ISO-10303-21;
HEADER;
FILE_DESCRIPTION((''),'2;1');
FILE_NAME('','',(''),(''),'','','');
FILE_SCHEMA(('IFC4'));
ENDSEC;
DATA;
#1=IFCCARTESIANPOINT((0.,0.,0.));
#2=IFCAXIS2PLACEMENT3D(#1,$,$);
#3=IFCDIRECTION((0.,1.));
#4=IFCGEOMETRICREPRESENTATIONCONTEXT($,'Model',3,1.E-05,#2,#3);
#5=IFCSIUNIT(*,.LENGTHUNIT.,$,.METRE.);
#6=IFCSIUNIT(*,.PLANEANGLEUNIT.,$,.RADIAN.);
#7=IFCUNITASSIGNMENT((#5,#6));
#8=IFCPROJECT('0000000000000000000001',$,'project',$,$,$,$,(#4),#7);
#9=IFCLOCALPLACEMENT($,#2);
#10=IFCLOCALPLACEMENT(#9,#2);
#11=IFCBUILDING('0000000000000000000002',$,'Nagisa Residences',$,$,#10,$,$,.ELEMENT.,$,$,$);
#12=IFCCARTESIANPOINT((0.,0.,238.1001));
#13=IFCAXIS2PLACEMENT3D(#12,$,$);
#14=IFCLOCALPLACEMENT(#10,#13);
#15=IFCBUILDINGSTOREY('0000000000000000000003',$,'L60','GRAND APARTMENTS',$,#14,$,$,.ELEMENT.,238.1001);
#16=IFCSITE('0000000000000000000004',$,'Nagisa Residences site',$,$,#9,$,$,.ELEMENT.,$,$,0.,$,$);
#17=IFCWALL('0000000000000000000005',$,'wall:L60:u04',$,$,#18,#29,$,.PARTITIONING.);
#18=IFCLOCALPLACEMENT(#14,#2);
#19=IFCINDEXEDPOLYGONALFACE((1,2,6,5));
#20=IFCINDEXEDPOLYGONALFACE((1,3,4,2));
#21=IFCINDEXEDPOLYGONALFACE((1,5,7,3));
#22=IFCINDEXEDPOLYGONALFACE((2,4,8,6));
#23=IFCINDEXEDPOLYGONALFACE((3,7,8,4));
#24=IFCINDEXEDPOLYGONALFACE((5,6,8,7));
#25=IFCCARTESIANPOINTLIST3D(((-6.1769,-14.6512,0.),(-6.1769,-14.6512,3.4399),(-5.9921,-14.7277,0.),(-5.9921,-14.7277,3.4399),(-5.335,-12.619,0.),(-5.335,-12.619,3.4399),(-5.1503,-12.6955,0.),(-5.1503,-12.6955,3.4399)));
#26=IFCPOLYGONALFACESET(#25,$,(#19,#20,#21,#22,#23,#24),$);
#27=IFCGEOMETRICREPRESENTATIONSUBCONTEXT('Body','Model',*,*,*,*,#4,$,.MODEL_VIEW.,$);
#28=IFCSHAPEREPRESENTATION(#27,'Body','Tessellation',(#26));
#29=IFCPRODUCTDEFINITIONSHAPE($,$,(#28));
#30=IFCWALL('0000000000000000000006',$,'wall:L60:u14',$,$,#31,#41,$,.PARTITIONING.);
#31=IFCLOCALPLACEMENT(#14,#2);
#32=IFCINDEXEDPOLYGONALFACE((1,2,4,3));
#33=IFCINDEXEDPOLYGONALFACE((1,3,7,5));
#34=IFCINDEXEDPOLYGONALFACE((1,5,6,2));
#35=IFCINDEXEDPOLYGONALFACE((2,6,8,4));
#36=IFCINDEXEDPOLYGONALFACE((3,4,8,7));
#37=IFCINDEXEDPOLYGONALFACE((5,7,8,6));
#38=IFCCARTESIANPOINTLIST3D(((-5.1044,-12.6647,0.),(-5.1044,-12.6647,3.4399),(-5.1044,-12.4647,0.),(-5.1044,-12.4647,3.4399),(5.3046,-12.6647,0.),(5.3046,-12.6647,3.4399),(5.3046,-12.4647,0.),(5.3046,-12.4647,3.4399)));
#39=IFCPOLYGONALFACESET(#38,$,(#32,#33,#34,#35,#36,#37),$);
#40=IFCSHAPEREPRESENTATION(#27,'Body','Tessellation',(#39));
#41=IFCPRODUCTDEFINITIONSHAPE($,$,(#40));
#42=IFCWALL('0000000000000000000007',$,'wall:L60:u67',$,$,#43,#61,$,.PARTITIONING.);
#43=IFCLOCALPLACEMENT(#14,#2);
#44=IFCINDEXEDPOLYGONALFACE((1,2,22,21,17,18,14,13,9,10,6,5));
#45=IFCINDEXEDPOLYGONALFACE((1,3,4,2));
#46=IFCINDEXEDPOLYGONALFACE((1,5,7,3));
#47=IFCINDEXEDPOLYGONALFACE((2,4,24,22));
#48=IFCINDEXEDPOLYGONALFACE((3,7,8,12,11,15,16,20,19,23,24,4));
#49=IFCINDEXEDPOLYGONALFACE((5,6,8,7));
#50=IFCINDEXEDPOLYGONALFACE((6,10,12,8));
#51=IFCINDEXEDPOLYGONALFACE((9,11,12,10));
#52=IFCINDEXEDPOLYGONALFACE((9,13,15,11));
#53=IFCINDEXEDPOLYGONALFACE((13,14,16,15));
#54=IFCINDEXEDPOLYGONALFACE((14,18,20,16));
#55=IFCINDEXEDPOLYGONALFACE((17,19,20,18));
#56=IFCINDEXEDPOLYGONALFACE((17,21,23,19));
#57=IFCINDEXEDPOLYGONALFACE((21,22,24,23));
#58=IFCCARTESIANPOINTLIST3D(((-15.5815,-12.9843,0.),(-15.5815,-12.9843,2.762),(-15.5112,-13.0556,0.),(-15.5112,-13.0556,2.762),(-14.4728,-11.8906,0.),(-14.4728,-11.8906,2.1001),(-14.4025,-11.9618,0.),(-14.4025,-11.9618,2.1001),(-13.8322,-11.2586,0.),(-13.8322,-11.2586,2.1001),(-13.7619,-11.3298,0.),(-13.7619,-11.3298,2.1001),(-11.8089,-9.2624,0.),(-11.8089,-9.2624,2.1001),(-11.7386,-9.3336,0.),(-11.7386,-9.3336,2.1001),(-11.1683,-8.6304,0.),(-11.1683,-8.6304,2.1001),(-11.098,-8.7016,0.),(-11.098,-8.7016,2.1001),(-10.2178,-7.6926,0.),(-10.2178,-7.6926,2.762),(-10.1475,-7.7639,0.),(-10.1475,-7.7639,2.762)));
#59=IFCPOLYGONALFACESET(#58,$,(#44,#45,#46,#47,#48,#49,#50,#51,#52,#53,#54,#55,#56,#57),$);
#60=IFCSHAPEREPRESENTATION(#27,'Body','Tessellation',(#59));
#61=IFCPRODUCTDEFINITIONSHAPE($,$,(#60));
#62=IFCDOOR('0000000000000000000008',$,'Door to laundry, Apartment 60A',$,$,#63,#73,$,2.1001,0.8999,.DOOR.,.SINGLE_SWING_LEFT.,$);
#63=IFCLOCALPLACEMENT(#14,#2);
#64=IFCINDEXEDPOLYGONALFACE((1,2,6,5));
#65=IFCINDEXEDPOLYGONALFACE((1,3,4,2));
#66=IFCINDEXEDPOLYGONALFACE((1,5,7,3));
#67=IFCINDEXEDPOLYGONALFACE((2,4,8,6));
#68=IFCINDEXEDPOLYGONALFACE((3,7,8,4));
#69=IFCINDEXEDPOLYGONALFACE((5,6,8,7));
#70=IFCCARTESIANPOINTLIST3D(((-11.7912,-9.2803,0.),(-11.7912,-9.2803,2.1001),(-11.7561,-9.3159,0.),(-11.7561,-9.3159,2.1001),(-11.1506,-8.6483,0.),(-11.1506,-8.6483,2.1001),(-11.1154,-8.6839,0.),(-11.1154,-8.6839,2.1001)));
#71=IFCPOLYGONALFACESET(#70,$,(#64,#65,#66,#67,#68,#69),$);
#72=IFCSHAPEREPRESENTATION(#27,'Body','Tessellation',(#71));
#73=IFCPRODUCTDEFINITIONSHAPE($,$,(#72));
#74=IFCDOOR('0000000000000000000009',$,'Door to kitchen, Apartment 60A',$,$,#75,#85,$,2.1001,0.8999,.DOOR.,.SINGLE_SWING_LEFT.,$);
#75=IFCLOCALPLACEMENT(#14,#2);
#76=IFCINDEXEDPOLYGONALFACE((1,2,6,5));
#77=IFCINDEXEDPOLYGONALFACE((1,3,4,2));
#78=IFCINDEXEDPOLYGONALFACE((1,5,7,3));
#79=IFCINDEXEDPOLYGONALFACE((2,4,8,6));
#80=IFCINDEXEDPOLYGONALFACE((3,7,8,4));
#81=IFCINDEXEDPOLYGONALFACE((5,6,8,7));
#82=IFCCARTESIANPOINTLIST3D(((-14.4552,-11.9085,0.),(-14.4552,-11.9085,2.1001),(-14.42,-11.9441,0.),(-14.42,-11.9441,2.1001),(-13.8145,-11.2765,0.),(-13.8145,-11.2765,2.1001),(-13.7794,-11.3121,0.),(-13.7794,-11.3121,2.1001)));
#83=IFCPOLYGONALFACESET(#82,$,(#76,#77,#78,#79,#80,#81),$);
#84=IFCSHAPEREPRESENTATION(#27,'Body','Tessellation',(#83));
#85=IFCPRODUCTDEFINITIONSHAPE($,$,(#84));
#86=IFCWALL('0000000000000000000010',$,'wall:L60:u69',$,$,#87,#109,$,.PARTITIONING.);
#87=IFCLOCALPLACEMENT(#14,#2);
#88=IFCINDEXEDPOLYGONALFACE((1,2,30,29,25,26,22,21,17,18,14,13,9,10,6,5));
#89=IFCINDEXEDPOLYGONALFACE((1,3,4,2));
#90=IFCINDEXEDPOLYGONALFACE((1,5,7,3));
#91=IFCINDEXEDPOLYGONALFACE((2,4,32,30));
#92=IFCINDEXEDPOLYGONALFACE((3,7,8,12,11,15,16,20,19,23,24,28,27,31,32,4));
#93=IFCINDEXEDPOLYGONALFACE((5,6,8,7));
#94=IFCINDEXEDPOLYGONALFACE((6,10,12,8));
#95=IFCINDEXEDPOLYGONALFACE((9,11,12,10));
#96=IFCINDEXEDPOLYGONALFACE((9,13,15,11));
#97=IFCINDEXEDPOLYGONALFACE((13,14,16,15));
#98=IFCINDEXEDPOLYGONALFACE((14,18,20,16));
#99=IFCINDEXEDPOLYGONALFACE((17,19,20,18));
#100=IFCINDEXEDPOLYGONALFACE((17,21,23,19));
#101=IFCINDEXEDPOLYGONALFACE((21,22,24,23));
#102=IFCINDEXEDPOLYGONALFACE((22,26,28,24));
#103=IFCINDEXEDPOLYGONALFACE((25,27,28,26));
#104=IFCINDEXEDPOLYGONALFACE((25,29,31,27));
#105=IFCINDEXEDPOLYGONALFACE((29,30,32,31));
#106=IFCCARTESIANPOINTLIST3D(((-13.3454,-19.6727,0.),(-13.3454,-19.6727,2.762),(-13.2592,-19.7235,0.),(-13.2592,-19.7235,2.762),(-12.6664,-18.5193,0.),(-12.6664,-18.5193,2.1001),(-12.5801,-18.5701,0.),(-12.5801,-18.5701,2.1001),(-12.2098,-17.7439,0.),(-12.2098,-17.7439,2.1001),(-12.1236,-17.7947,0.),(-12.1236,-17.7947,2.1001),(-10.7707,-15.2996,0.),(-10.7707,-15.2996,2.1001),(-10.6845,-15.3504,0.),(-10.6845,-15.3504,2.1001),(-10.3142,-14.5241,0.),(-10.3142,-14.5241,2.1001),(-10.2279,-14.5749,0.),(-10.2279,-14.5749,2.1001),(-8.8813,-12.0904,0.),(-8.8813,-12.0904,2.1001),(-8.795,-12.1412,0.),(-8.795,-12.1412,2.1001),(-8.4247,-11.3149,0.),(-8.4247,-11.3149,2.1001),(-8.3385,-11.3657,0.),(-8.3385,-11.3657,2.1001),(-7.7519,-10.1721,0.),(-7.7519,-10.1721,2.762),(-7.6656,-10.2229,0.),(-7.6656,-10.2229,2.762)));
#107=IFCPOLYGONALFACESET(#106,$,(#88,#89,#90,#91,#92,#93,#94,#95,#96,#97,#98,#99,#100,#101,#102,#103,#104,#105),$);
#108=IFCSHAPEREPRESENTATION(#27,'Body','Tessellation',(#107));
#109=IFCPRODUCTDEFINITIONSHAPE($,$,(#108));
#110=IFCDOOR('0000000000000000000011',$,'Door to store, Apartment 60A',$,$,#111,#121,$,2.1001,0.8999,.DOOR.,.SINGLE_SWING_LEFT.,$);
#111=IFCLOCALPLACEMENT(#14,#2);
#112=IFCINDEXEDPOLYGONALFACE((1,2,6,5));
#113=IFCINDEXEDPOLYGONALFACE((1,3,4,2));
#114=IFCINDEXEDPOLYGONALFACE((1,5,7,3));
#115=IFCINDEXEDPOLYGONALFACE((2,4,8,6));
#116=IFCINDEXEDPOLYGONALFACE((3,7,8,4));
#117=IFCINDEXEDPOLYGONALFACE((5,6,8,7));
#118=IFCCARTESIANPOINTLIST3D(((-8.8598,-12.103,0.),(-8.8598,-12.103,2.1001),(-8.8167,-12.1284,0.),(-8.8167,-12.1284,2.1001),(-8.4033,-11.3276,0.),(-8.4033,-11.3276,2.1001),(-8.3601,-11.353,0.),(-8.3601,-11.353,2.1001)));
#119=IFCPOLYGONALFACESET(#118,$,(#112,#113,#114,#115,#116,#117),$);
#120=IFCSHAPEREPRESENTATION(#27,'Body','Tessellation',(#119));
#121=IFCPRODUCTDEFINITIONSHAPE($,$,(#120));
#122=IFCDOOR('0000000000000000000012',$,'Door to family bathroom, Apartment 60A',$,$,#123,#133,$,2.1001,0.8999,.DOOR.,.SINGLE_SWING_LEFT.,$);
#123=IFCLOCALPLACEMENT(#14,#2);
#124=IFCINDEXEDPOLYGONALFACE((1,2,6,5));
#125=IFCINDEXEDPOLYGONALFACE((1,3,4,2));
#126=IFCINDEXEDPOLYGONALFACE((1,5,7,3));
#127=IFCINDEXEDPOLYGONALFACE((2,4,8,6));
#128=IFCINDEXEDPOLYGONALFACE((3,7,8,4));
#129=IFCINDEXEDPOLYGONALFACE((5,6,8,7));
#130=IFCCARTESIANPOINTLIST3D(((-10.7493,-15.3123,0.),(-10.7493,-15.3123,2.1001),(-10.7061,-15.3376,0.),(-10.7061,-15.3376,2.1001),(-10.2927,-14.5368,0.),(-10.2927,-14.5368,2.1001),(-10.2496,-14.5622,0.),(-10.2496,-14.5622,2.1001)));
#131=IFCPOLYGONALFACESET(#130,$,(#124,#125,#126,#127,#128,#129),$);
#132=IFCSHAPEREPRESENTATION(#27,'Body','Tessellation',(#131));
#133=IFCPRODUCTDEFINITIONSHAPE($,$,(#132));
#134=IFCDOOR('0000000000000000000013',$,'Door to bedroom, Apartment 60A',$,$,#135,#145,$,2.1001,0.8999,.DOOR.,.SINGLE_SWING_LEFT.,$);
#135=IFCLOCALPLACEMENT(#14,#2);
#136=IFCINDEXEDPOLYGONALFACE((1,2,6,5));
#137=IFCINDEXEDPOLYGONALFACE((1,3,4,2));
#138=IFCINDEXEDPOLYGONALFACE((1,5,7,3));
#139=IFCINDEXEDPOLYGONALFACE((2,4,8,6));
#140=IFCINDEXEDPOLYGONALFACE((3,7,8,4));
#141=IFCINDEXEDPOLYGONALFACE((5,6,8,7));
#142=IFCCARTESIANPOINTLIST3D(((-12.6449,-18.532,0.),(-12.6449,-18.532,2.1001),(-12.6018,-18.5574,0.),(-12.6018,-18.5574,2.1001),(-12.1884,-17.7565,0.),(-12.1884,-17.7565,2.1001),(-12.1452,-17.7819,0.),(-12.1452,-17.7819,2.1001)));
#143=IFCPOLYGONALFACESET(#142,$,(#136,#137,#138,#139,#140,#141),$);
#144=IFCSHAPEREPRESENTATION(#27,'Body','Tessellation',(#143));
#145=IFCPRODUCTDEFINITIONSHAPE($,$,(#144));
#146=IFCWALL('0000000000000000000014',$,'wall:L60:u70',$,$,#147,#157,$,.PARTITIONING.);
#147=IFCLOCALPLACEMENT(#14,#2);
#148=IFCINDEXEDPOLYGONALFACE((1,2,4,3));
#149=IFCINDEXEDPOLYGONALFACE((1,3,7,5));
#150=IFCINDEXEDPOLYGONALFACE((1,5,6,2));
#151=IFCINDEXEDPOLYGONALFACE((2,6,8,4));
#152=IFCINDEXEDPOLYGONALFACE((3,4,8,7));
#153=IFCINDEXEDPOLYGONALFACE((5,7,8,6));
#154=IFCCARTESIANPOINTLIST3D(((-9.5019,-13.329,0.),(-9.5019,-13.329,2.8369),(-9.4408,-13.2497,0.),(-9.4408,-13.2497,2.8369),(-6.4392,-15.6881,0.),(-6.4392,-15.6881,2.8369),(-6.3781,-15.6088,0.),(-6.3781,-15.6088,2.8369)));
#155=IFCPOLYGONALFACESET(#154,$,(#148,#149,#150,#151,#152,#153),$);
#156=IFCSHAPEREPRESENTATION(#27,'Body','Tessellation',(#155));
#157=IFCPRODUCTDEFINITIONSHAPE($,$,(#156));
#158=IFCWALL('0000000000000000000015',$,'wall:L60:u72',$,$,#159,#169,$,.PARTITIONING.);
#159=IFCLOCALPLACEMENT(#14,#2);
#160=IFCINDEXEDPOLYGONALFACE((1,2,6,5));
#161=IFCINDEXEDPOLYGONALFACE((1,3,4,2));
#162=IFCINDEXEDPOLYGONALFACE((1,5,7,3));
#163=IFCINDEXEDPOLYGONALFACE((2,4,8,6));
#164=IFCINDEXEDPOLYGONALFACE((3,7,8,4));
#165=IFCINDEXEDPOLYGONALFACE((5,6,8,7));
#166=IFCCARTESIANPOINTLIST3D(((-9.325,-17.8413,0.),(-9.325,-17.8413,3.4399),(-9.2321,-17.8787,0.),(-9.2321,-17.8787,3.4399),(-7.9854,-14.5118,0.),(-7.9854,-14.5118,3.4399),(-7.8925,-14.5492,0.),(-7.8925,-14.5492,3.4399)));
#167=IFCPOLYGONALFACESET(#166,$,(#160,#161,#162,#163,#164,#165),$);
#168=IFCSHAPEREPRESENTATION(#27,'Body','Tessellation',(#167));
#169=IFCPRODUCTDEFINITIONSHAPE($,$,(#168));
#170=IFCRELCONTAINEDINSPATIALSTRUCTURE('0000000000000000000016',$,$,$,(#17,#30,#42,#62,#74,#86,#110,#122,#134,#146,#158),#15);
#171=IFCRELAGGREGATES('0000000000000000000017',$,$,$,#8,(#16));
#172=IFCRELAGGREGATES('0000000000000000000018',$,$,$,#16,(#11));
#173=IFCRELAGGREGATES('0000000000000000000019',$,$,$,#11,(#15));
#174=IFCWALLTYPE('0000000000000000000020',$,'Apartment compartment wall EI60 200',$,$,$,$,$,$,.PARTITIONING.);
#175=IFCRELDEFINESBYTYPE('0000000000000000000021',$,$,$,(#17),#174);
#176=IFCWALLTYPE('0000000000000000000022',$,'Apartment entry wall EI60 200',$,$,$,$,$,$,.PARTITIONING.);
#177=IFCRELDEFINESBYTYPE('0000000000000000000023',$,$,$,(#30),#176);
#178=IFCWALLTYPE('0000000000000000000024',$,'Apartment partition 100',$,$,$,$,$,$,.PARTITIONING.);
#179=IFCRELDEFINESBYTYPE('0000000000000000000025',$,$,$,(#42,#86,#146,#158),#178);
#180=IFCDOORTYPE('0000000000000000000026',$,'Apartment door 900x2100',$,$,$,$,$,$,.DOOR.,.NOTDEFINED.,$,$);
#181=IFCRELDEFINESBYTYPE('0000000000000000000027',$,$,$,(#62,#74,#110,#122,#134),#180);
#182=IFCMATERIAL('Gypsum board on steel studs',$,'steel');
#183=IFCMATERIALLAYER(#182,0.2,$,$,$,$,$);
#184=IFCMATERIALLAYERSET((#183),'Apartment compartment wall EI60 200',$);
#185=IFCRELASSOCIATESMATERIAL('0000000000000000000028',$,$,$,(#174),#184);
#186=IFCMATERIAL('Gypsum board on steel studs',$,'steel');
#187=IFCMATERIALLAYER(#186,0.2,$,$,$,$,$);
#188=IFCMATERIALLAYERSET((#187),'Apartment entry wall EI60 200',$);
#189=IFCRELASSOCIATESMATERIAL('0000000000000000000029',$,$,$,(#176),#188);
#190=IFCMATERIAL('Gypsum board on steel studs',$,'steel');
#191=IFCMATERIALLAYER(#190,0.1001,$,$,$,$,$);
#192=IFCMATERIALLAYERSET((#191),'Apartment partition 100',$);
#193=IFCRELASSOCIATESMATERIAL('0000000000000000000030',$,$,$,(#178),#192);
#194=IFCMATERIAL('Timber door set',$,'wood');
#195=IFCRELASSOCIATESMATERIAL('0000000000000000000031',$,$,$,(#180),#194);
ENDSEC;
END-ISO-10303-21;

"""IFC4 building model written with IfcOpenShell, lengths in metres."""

from ifc_helpers import new_model, si_unit, direction, frame, frame_2d, origin, place, context, subcontext, project, spatial, rectangle, extrude, material, layer, layer_set, type_object, element, fill, save


model = new_model("IFC4")

# Units and contexts
model_context = context("Model", 3, precision=1e-05, world=origin(), true_north=direction((0.0, 1.0)))
body_context = subcontext(model_context, "Body", "Model", "MODEL_VIEW")
ifc_project = project(units=[si_unit("LENGTHUNIT", "METRE"), si_unit("PLANEANGLEUNIT", "RADIAN")], contexts=[model_context])

# Site, building, storey
site_placement = place(None, origin())
site = spatial("IfcSite", under=ifc_project, at=site_placement, Name="Nagisa Residences site", CompositionType="ELEMENT", RefElevation=0.0)
building_placement = place(site_placement, origin())
building = spatial("IfcBuilding", under=site, at=building_placement, Name="Nagisa Residences", CompositionType="ELEMENT")
storey_placement = place(building_placement, frame((0.0, 0.0, 238.1001)))
storey = spatial("IfcBuildingStorey", under=building, at=storey_placement, Name="L60", Description="GRAND APARTMENTS", CompositionType="ELEMENT", Elevation=238.1001)

# Walls
ifc_material_1 = material(Name="Gypsum board on steel studs", Category="steel")
ifc_layer_1 = layer(ifc_material_1, 0.2)
ifc_layer_set_1 = layer_set([ifc_layer_1], Name="Apartment compartment wall EI60 200")
wall_type_1 = type_object("IfcWallType", Name="Apartment compartment wall EI60 200", PredefinedType="PARTITIONING", material=ifc_layer_set_1)
wall_1_placement = place(storey_placement, frame((-5.2427, -12.6572, 0.0), z_axis=(0.0, 0.0, 1.0), x_axis=(-0.382692, -0.923876, 0.0)))
element("IfcWall", 1, at=wall_1_placement, inside=storey, type_object=wall_type_1, Name="wall:L60:u04", PredefinedType="PARTITIONING", context=body_context, shape_type="SweptSolid", body=[
    extrude(rectangle(XDim=2.1997, YDim=0.2, at=frame_2d((1.0999, 0.0))), origin(), (0.0, 0.0, 1.0), 3.4399),
])
ifc_material_2 = material(Name="Gypsum board on steel studs", Category="steel")
ifc_layer_2 = layer(ifc_material_2, 0.2)
ifc_layer_set_2 = layer_set([ifc_layer_2], Name="Apartment entry wall EI60 200")
wall_type_2 = type_object("IfcWallType", Name="Apartment entry wall EI60 200", PredefinedType="PARTITIONING", material=ifc_layer_set_2)
wall_2_placement = place(storey_placement, frame((-5.1045, -12.5647, 0.0), z_axis=(0.0, 0.0, 1.0), x_axis=(1.0, 0.0, 0.0)))
element("IfcWall", 2, at=wall_2_placement, inside=storey, type_object=wall_type_2, Name="wall:L60:u14", PredefinedType="PARTITIONING", context=body_context, shape_type="SweptSolid", body=[
    extrude(rectangle(XDim=10.4089, YDim=0.2, at=frame_2d((5.2046, 0.0))), origin(), (0.0, 0.0, 1.0), 3.4399),
])

# Walls, openings, doors
ifc_material_3 = material(Name="Gypsum board on steel studs", Category="steel")
ifc_layer_3 = layer(ifc_material_3, 0.1001)
ifc_layer_set_3 = layer_set([ifc_layer_3], Name="Apartment partition 100")
wall_type_3 = type_object("IfcWallType", Name="Apartment partition 100", PredefinedType="PARTITIONING", material=ifc_layer_set_3)
wall_3_placement = place(storey_placement, frame((-10.1826, -7.7283, 0.0), z_axis=(0.0, 0.0, 1.0), x_axis=(-0.71187, -0.702311, 0.0)))
wall_3 = element("IfcWall", 3, at=wall_3_placement, inside=storey, type_object=wall_type_3, Name="wall:L60:u67", PredefinedType="PARTITIONING", context=body_context, shape_type="SweptSolid", body=[
    extrude(rectangle(XDim=7.5347, YDim=0.1001, at=frame_2d((3.7673, 0.0))), origin(), (0.0, 0.0, 1.0), 2.762),
])
opening_1_placement = place(wall_3_placement, frame((1.3352, 0.0, 0.0)))
opening_1 = element("IfcOpeningElement", 4, at=opening_1_placement, cuts=wall_3, PredefinedType="OPENING", context=body_context, shape_type="SweptSolid", body=[
    extrude(rectangle(XDim=0.8999, YDim=2.1001, at=frame_2d((0.45, 1.05))), frame((0.0, 0.0601, 0.0), z_axis=(0.0, -1.0, 0.0), x_axis=(1.0, 0.0, 0.0)), (0.0, 0.0, 1.0), 0.1201),
])
opening_2_placement = place(wall_3_placement, frame((5.0774, 0.0, 0.0)))
opening_2 = element("IfcOpeningElement", 5, at=opening_2_placement, cuts=wall_3, PredefinedType="OPENING", context=body_context, shape_type="SweptSolid", body=[
    extrude(rectangle(XDim=0.8999, YDim=2.1001, at=frame_2d((0.45, 1.05))), frame((0.0, 0.0601, 0.0), z_axis=(0.0, -1.0, 0.0), x_axis=(1.0, 0.0, 0.0)), (0.0, 0.0, 1.0), 0.1201),
])
ifc_material_4 = material(Name="Timber door set", Category="wood")
door_type_1 = type_object("IfcDoorType", Name="Apartment door 900x2100", OperationType="NOTDEFINED", PredefinedType="DOOR", material=ifc_material_4)
door_1_placement = place(opening_1_placement, frame((0.8999, 0.0, 0.0), x_axis=(-1.0, 0.0, 0.0)))
door_1 = element("IfcDoor", 6, at=door_1_placement, inside=storey, type_object=door_type_1, Name="Door to laundry, Apartment 60A", OperationType="SINGLE_SWING_LEFT", OverallHeight=2.1001, OverallWidth=0.8999, PredefinedType="DOOR", context=body_context, shape_type="SweptSolid", body=[
    extrude(rectangle(XDim=0.8999, YDim=2.1001, at=frame_2d((0.45, 1.05))), frame((0.0, 0.0249, 0.0), z_axis=(0.0, -1.0, 0.0), x_axis=(1.0, 0.0, 0.0)), (0.0, 0.0, 1.0), 0.05),
])
fill(opening_1, door_1)
door_2_placement = place(opening_2_placement, frame((0.8999, 0.0, 0.0), x_axis=(-1.0, 0.0, 0.0)))
door_2 = element("IfcDoor", 7, at=door_2_placement, inside=storey, type_object=door_type_1, Name="Door to kitchen, Apartment 60A", OperationType="SINGLE_SWING_LEFT", OverallHeight=2.1001, OverallWidth=0.8999, PredefinedType="DOOR", context=body_context, shape_type="SweptSolid", body=[
    extrude(rectangle(XDim=0.8999, YDim=2.1001, at=frame_2d((0.45, 1.05))), frame((0.0, 0.0249, 0.0), z_axis=(0.0, -1.0, 0.0), x_axis=(1.0, 0.0, 0.0)), (0.0, 0.0, 1.0), 0.05),
])
fill(opening_2, door_2)
wall_4_placement = place(storey_placement, frame((-7.7087, -10.1975, 0.0), z_axis=(0.0, 0.0, 1.0), x_axis=(-0.507356, -0.861737, 0.0)))
wall_4 = element("IfcWall", 8, at=wall_4_placement, inside=storey, type_object=wall_type_3, Name="wall:L60:u69", PredefinedType="PARTITIONING", context=body_context, shape_type="SweptSolid", body=[
    extrude(rectangle(XDim=11.0249, YDim=0.1001, at=frame_2d((5.5125, 0.0))), origin(), (0.0, 0.0, 1.0), 2.762),
])
opening_3_placement = place(wall_4_placement, frame((1.3262, 0.0, 0.0)))
opening_3 = element("IfcOpeningElement", 9, at=opening_3_placement, cuts=wall_4, PredefinedType="OPENING", context=body_context, shape_type="SweptSolid", body=[
    extrude(rectangle(XDim=0.8999, YDim=2.1001, at=frame_2d((0.45, 1.05))), frame((0.0, 0.0601, 0.0), z_axis=(0.0, -1.0, 0.0), x_axis=(1.0, 0.0, 0.0)), (0.0, 0.0, 1.0), 0.1201),
])
opening_4_placement = place(wall_4_placement, frame((5.0503, 0.0, 0.0)))
opening_4 = element("IfcOpeningElement", 10, at=opening_4_placement, cuts=wall_4, PredefinedType="OPENING", context=body_context, shape_type="SweptSolid", body=[
    extrude(rectangle(XDim=0.8999, YDim=2.1001, at=frame_2d((0.45, 1.05))), frame((0.0, 0.0601, 0.0), z_axis=(0.0, -1.0, 0.0), x_axis=(1.0, 0.0, 0.0)), (0.0, 0.0, 1.0), 0.1201),
])
opening_5_placement = place(wall_4_placement, frame((8.7866, 0.0, 0.0)))
opening_5 = element("IfcOpeningElement", 11, at=opening_5_placement, cuts=wall_4, PredefinedType="OPENING", context=body_context, shape_type="SweptSolid", body=[
    extrude(rectangle(XDim=0.8999, YDim=2.1001, at=frame_2d((0.45, 1.05))), frame((0.0, 0.0601, 0.0), z_axis=(0.0, -1.0, 0.0), x_axis=(1.0, 0.0, 0.0)), (0.0, 0.0, 1.0), 0.1201),
])
door_3_placement = place(opening_3_placement, origin())
door_3 = element("IfcDoor", 12, at=door_3_placement, inside=storey, type_object=door_type_1, Name="Door to store, Apartment 60A", OperationType="SINGLE_SWING_LEFT", OverallHeight=2.1001, OverallWidth=0.8999, PredefinedType="DOOR", context=body_context, shape_type="SweptSolid", body=[
    extrude(rectangle(XDim=0.8999, YDim=2.1001, at=frame_2d((0.45, 1.05))), frame((0.0, 0.0249, 0.0), z_axis=(0.0, -1.0, 0.0), x_axis=(1.0, 0.0, 0.0)), (0.0, 0.0, 1.0), 0.05),
])
fill(opening_3, door_3)
door_4_placement = place(opening_4_placement, origin())
door_4 = element("IfcDoor", 13, at=door_4_placement, inside=storey, type_object=door_type_1, Name="Door to family bathroom, Apartment 60A", OperationType="SINGLE_SWING_LEFT", OverallHeight=2.1001, OverallWidth=0.8999, PredefinedType="DOOR", context=body_context, shape_type="SweptSolid", body=[
    extrude(rectangle(XDim=0.8999, YDim=2.1001, at=frame_2d((0.45, 1.05))), frame((0.0, 0.0249, 0.0), z_axis=(0.0, -1.0, 0.0), x_axis=(1.0, 0.0, 0.0)), (0.0, 0.0, 1.0), 0.05),
])
fill(opening_4, door_4)
door_5_placement = place(opening_5_placement, origin())
door_5 = element("IfcDoor", 14, at=door_5_placement, inside=storey, type_object=door_type_1, Name="Door to bedroom, Apartment 60A", OperationType="SINGLE_SWING_LEFT", OverallHeight=2.1001, OverallWidth=0.8999, PredefinedType="DOOR", context=body_context, shape_type="SweptSolid", body=[
    extrude(rectangle(XDim=0.8999, YDim=2.1001, at=frame_2d((0.45, 1.05))), frame((0.0, 0.0249, 0.0), z_axis=(0.0, -1.0, 0.0), x_axis=(1.0, 0.0, 0.0)), (0.0, 0.0, 1.0), 0.05),
])
fill(opening_5, door_5)

# Walls
wall_5_placement = place(storey_placement, frame((-9.4714, -13.2893, 0.0), z_axis=(0.0, 0.0, 1.0), x_axis=(0.792227, -0.610226, 0.0)))
element("IfcWall", 15, at=wall_5_placement, inside=storey, type_object=wall_type_3, Name="wall:L60:u70", PredefinedType="PARTITIONING", context=body_context, shape_type="SweptSolid", body=[
    extrude(rectangle(XDim=3.866, YDim=0.1001, at=frame_2d((1.9331, 0.0))), origin(), (0.0, 0.0, 1.0), 2.8369),
])
wall_6_placement = place(storey_placement, frame((-7.939, -14.5305, 0.0), z_axis=(0.0, 0.0, 1.0), x_axis=(-0.373255, -0.927729, 0.0)))
element("IfcWall", 16, at=wall_6_placement, inside=storey, type_object=wall_type_3, Name="wall:L60:u72", PredefinedType="PARTITIONING", context=body_context, shape_type="SweptSolid", body=[
    extrude(rectangle(XDim=3.5889, YDim=0.1001, at=frame_2d((1.7944, 0.0))), origin(), (0.0, 0.0, 1.0), 3.4399),
])

save(model, "model.ifc")
